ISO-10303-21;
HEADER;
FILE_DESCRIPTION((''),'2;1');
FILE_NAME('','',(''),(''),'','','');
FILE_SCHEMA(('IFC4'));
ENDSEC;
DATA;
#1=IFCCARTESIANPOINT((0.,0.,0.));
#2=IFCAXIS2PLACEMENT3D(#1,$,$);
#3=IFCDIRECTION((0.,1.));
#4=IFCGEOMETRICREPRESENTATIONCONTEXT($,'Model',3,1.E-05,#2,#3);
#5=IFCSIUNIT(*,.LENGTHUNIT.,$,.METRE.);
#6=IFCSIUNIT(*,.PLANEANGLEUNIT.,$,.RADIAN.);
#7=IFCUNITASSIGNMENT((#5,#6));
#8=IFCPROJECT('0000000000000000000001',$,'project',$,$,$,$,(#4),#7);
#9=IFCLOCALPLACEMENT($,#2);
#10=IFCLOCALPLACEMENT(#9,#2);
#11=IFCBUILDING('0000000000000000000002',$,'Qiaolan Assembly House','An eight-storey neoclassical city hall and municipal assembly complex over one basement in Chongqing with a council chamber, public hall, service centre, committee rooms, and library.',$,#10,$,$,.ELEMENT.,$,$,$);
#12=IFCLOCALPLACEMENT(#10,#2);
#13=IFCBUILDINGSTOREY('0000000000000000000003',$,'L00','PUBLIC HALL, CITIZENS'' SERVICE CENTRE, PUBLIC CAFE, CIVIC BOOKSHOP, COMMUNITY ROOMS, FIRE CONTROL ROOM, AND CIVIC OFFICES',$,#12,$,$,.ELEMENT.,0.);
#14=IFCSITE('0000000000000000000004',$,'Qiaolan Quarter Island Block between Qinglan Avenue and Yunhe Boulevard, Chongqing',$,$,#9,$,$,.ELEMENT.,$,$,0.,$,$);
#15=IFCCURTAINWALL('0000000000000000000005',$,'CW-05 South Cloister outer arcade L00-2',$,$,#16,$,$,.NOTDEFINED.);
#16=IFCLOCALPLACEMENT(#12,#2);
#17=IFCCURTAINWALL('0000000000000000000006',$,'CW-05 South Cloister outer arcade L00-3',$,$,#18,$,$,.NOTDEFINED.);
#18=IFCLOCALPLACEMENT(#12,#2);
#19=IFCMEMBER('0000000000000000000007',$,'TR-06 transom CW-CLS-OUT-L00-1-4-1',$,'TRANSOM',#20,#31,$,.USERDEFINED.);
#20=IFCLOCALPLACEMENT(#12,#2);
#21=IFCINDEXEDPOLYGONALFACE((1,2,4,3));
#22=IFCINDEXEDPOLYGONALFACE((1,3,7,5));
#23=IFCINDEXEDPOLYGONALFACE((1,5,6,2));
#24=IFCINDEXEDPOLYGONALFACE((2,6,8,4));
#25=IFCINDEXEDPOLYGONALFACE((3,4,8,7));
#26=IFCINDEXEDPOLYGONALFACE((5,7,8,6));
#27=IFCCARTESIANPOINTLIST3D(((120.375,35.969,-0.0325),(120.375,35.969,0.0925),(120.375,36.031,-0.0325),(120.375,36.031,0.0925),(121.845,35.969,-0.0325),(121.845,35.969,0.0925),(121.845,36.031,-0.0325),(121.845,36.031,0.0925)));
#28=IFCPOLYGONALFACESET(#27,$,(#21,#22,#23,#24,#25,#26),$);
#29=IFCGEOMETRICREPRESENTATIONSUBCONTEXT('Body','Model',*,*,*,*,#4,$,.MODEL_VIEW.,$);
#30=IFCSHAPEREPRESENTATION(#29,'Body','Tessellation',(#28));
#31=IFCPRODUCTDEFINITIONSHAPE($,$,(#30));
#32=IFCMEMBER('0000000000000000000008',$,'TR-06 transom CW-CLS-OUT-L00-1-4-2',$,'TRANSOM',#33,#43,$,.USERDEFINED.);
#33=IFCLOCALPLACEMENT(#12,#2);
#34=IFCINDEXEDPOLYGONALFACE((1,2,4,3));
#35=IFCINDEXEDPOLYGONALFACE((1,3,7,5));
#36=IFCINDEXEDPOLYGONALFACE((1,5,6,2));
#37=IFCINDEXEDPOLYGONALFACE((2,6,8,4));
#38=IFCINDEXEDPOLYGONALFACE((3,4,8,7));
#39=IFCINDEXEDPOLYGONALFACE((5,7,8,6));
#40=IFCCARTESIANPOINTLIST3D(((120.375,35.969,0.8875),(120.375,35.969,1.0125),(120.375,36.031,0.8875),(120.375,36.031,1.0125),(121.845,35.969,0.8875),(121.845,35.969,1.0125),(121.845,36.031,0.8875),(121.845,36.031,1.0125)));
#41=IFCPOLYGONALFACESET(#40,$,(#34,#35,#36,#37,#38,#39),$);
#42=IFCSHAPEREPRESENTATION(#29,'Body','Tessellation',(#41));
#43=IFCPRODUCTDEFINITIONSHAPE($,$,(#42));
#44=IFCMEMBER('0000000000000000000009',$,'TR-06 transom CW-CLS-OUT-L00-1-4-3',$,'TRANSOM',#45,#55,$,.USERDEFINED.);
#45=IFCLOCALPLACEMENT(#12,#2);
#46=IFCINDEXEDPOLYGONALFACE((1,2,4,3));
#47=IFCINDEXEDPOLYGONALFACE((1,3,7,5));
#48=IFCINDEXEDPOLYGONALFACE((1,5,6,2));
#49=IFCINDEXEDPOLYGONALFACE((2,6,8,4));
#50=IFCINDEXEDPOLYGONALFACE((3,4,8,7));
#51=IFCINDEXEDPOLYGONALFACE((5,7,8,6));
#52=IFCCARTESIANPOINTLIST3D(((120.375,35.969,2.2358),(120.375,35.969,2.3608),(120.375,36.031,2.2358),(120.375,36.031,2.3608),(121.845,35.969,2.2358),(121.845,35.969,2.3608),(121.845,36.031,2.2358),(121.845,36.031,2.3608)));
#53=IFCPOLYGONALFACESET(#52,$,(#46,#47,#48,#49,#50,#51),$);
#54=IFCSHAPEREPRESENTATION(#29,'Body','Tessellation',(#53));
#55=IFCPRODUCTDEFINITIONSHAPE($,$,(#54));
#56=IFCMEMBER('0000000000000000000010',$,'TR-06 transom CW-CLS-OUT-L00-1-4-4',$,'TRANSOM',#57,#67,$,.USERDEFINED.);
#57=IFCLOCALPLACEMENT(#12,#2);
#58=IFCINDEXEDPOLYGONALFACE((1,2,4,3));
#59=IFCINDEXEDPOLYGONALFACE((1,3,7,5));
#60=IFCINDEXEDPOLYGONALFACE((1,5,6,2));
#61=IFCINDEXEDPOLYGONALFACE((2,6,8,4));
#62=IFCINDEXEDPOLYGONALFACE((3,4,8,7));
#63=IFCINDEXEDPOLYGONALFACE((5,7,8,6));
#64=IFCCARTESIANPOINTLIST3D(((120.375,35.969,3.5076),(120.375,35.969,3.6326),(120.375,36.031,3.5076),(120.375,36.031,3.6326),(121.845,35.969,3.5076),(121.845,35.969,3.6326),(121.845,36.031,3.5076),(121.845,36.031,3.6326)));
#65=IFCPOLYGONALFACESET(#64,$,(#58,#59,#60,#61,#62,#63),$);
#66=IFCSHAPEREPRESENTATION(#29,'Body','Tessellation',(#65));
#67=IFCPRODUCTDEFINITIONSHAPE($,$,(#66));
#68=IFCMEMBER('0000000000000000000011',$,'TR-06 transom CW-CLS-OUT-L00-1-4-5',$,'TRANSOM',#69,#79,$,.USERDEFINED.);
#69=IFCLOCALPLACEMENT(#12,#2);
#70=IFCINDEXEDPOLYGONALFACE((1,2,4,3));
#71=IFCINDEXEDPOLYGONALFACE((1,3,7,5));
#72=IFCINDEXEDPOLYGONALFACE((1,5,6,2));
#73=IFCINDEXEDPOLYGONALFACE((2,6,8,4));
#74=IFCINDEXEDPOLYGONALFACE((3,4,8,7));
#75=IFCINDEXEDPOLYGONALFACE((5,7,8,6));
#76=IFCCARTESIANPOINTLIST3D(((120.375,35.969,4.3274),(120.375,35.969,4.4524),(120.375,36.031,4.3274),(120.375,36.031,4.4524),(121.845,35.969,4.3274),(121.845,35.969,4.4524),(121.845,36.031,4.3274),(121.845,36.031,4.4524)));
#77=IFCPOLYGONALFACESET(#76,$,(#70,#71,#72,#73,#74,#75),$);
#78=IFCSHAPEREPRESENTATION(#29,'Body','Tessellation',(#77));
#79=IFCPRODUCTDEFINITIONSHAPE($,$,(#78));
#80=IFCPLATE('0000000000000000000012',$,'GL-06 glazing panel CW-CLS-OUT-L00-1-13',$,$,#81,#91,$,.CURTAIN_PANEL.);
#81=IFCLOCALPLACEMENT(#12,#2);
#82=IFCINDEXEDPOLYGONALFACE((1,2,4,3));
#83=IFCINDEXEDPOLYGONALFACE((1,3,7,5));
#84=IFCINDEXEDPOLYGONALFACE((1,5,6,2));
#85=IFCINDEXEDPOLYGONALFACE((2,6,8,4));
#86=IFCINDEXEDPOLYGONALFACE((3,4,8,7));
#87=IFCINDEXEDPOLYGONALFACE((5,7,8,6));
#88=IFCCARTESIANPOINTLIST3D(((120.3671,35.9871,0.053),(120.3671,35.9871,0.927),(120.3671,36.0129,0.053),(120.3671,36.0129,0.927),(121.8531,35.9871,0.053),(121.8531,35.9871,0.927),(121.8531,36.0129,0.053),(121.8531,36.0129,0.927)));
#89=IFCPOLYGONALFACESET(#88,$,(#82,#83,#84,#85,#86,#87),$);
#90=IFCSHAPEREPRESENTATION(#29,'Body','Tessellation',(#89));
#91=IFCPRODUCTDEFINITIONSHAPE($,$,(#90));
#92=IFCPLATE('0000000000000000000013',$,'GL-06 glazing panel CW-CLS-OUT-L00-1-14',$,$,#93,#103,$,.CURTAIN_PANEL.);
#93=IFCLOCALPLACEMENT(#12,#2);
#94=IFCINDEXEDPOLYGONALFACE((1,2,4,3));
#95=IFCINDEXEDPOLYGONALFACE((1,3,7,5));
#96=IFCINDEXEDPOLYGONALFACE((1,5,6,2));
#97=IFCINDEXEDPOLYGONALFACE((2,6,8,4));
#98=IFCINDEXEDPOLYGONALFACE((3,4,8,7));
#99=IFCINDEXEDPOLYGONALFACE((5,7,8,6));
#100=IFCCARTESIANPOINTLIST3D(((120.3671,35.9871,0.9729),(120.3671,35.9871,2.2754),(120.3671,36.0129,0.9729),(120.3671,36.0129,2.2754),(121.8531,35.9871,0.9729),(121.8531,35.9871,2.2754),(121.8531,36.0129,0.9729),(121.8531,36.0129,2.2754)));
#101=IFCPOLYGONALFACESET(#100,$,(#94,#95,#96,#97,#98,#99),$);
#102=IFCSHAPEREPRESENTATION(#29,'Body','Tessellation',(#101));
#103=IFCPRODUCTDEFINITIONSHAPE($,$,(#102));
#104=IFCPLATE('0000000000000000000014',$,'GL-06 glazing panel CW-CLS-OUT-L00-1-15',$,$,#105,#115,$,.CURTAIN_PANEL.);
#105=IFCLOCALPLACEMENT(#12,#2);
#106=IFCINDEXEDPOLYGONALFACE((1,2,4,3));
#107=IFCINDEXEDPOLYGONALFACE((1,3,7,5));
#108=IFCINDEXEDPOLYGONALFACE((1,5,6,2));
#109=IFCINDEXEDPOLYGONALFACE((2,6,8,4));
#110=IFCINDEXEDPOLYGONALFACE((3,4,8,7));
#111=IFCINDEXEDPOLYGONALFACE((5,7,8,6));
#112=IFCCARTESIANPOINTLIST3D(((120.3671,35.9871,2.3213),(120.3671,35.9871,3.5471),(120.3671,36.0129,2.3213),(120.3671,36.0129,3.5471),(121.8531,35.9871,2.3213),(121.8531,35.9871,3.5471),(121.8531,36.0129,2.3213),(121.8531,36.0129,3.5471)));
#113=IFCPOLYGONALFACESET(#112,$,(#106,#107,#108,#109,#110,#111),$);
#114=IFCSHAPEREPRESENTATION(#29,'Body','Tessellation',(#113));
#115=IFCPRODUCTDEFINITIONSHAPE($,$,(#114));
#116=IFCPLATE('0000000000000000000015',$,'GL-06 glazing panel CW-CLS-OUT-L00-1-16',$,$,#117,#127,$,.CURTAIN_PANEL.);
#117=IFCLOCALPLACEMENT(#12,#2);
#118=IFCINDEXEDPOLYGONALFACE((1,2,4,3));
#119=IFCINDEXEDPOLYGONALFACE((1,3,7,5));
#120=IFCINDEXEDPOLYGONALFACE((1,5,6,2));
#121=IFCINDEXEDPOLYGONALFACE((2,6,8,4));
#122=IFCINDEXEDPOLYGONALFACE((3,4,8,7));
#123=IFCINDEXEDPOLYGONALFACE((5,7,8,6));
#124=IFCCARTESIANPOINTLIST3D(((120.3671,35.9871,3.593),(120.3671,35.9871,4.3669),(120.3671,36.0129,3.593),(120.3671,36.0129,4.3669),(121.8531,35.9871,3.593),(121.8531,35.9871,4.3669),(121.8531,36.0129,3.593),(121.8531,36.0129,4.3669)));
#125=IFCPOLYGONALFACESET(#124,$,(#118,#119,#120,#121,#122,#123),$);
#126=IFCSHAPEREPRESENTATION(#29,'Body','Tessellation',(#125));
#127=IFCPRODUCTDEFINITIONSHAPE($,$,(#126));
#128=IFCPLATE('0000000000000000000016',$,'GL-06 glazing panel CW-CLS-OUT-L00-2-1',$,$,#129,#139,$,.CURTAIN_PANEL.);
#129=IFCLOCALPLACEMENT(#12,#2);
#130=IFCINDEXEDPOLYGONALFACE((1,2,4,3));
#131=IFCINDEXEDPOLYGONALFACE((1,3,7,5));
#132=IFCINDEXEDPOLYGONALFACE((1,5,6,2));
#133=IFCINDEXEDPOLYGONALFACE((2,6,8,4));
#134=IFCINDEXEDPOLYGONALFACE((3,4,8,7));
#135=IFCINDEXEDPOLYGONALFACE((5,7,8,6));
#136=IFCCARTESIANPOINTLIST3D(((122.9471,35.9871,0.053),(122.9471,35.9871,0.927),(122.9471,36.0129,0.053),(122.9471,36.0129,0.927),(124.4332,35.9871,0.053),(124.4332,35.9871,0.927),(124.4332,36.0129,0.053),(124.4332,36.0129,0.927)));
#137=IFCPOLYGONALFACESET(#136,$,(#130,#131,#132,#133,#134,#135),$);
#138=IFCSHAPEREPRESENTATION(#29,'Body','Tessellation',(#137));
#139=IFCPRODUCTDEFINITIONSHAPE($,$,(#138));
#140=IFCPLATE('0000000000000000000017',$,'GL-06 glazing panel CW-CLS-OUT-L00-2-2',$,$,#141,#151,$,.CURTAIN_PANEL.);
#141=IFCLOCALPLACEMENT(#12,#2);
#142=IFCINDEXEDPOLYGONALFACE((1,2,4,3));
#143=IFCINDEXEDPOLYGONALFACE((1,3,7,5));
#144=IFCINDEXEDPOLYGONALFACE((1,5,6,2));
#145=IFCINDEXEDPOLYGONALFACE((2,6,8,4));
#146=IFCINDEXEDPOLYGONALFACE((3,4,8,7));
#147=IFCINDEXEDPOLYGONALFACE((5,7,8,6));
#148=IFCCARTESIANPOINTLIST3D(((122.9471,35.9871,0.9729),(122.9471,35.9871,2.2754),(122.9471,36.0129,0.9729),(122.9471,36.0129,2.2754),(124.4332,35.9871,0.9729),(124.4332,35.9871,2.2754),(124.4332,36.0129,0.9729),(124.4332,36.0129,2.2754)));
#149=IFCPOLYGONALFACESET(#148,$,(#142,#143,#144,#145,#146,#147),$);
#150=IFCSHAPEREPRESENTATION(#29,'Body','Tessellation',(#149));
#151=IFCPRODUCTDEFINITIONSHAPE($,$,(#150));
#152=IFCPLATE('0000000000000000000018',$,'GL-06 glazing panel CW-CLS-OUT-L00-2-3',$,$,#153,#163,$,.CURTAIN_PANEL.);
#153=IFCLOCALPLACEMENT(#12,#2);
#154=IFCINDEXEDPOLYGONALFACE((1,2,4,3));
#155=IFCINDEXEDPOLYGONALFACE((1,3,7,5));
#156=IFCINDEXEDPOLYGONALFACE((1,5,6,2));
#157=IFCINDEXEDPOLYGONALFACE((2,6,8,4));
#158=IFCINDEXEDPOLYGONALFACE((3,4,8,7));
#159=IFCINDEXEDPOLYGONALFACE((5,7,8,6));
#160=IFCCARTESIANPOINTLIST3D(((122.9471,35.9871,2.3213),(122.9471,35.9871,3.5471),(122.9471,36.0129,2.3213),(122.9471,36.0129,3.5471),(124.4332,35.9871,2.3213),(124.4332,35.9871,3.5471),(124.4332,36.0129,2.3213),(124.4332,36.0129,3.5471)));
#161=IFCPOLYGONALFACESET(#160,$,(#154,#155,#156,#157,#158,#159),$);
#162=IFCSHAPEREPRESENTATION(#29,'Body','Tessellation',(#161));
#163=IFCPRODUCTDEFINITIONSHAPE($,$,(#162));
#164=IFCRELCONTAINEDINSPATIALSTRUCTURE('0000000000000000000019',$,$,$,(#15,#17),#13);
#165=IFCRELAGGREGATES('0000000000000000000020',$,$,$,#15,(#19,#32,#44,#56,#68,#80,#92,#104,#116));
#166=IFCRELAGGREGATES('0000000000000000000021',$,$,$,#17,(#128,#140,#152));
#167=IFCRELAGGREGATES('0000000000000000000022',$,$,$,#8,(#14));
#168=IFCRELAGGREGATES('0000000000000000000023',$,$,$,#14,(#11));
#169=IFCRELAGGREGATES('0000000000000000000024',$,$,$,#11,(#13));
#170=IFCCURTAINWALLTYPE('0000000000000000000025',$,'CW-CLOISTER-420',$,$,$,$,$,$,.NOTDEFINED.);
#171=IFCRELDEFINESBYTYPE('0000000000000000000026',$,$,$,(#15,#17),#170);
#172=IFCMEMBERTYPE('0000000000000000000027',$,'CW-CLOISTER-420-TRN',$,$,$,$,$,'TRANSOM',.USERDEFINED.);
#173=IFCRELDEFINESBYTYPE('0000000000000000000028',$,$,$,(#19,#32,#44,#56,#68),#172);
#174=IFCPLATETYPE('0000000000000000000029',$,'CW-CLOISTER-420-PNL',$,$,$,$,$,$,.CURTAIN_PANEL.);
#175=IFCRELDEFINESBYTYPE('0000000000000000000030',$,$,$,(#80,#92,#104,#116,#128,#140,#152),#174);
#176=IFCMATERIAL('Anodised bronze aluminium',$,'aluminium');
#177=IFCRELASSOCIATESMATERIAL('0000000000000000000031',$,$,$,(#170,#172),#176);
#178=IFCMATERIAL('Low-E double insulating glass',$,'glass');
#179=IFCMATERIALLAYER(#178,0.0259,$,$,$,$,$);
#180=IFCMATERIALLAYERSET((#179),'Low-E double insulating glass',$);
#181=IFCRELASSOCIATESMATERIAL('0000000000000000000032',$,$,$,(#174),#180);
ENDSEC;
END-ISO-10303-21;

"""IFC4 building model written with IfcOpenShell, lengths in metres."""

from ifc_helpers import new_model, si_unit, direction, frame, frame_2d, origin, origin_2d, place, context, subcontext, project, spatial, rectangle, extrude, material, layer, layer_set, material_profile, profile_set, type_object, element, aggregate, save


model = new_model("IFC4")

# Units and contexts
model_context = context("Model", 3, precision=1e-05, world=origin(), true_north=direction((0.0, 1.0)))
body_context = subcontext(model_context, "Body", "Model", "MODEL_VIEW")
ifc_project = project(units=[si_unit("LENGTHUNIT", "METRE"), si_unit("PLANEANGLEUNIT", "RADIAN")], contexts=[model_context])

# Site, building, storey
site_placement = place(None, origin())
site = spatial("IfcSite", under=ifc_project, at=site_placement, Name="Qiaolan Quarter Island Block between Qinglan Avenue and Yunhe Boulevard, Chongqing", CompositionType="ELEMENT", RefElevation=0.0)
building_placement = place(site_placement, origin())
building = spatial("IfcBuilding", under=site, at=building_placement, Name="Qiaolan Assembly House", Description="An eight-storey neoclassical city hall and municipal assembly complex over one basement in Chongqing with a council chamber, public hall, service centre, committee rooms, and library.", CompositionType="ELEMENT")
storey_placement = place(building_placement, origin())
storey = spatial("IfcBuildingStorey", under=building, at=storey_placement, Name="L00", Description="PUBLIC HALL, CITIZENS' SERVICE CENTRE, PUBLIC CAFE, CIVIC BOOKSHOP, COMMUNITY ROOMS, FIRE CONTROL ROOM, AND CIVIC OFFICES", CompositionType="ELEMENT", Elevation=0.0)

# Curtain wall
ifc_material_1 = material(Name="Anodised bronze aluminium", Category="aluminium")
curtain_wall_type = type_object("IfcCurtainWallType", Name="CW-CLOISTER-420", PredefinedType="NOTDEFINED", material=ifc_material_1)
curtain_wall_1_placement = place(storey_placement, origin())
curtain_wall_1 = element("IfcCurtainWall", 1, at=curtain_wall_1_placement, inside=storey, type_object=curtain_wall_type, Name="CW-05 South Cloister outer arcade L00-2", PredefinedType="NOTDEFINED")

# Curtain wall
curtain_wall_2_placement = place(storey_placement, origin())
curtain_wall_2 = element("IfcCurtainWall", 2, at=curtain_wall_2_placement, inside=storey, type_object=curtain_wall_type, Name="CW-05 South Cloister outer arcade L00-3", PredefinedType="NOTDEFINED")

# Members
ifc_material_profile_1 = material_profile(ifc_material_1, rectangle(XDim=0.062, YDim=0.125, at=origin_2d()), Name="TRN 62x125")
ifc_profile_set_1 = profile_set([ifc_material_profile_1], Name="Anodised bronze aluminium")
member_type_1 = type_object("IfcMemberType", Name="CW-CLOISTER-420-TRN", ElementType="TRANSOM", PredefinedType="USERDEFINED", material=ifc_profile_set_1)
member_1_placement = place(storey_placement, frame((120.375, 36.0, 0.03), z_axis=(1.0, 0.0, 0.0), x_axis=(0.0, 1.0, 0.0)))
member_1 = element("IfcMember", 3, at=member_1_placement, type_object=member_type_1, Name="TR-06 transom CW-CLS-OUT-L00-1-4-1", ObjectType="TRANSOM", PredefinedType="USERDEFINED", context=body_context, shape_type="SweptSolid", body=[
    extrude(rectangle(XDim=0.062, YDim=0.125, at=origin_2d()), origin(), (0.0, 0.0, 1.0), 1.47),
])
member_2_placement = place(storey_placement, frame((120.375, 36.0, 0.95), z_axis=(1.0, 0.0, 0.0), x_axis=(0.0, 1.0, 0.0)))
member_2 = element("IfcMember", 4, at=member_2_placement, type_object=member_type_1, Name="TR-06 transom CW-CLS-OUT-L00-1-4-2", ObjectType="TRANSOM", PredefinedType="USERDEFINED", context=body_context, shape_type="SweptSolid", body=[
    extrude(rectangle(XDim=0.062, YDim=0.125, at=origin_2d()), origin(), (0.0, 0.0, 1.0), 1.47),
])
member_3_placement = place(storey_placement, frame((120.375, 36.0, 2.2983), z_axis=(1.0, 0.0, 0.0), x_axis=(0.0, 1.0, 0.0)))
member_3 = element("IfcMember", 5, at=member_3_placement, type_object=member_type_1, Name="TR-06 transom CW-CLS-OUT-L00-1-4-3", ObjectType="TRANSOM", PredefinedType="USERDEFINED", context=body_context, shape_type="SweptSolid", body=[
    extrude(rectangle(XDim=0.062, YDim=0.125, at=origin_2d()), origin(), (0.0, 0.0, 1.0), 1.47),
])
member_4_placement = place(storey_placement, frame((120.375, 36.0, 3.5701), z_axis=(1.0, 0.0, 0.0), x_axis=(0.0, 1.0, 0.0)))
member_4 = element("IfcMember", 6, at=member_4_placement, type_object=member_type_1, Name="TR-06 transom CW-CLS-OUT-L00-1-4-4", ObjectType="TRANSOM", PredefinedType="USERDEFINED", context=body_context, shape_type="SweptSolid", body=[
    extrude(rectangle(XDim=0.062, YDim=0.125, at=origin_2d()), origin(), (0.0, 0.0, 1.0), 1.47),
])
member_5_placement = place(storey_placement, frame((120.375, 36.0, 4.3899), z_axis=(1.0, 0.0, 0.0), x_axis=(0.0, 1.0, 0.0)))
member_5 = element("IfcMember", 7, at=member_5_placement, type_object=member_type_1, Name="TR-06 transom CW-CLS-OUT-L00-1-4-5", ObjectType="TRANSOM", PredefinedType="USERDEFINED", context=body_context, shape_type="SweptSolid", body=[
    extrude(rectangle(XDim=0.062, YDim=0.125, at=origin_2d()), origin(), (0.0, 0.0, 1.0), 1.47),
])

# Plates
ifc_material_2 = material(Name="Low-E double insulating glass", Category="glass")
ifc_layer = layer(ifc_material_2, 0.0259)
ifc_layer_set = layer_set([ifc_layer], Name="Low-E double insulating glass")
plate_type = type_object("IfcPlateType", Name="CW-CLOISTER-420-PNL", PredefinedType="CURTAIN_PANEL", material=ifc_layer_set)
plate_1_placement = place(storey_placement, frame((120.3669, 36.0, 0.053), z_axis=(0.0, 0.0, 1.0), x_axis=(1.0, 0.0, 0.0)))
plate_1 = element("IfcPlate", 8, at=plate_1_placement, type_object=plate_type, Name="GL-06 glazing panel CW-CLS-OUT-L00-1-13", PredefinedType="CURTAIN_PANEL", context=body_context, shape_type="SweptSolid", body=[
    extrude(rectangle(XDim=1.4861, YDim=0.0259, at=frame_2d((0.7432, 0.0))), origin(), (0.0, 0.0, 1.0), 0.874),
])
plate_2_placement = place(storey_placement, frame((120.3669, 36.0, 0.9729), z_axis=(0.0, 0.0, 1.0), x_axis=(1.0, 0.0, 0.0)))
plate_2 = element("IfcPlate", 9, at=plate_2_placement, type_object=plate_type, Name="GL-06 glazing panel CW-CLS-OUT-L00-1-14", PredefinedType="CURTAIN_PANEL", context=body_context, shape_type="SweptSolid", body=[
    extrude(rectangle(XDim=1.4861, YDim=0.0259, at=frame_2d((0.7432, 0.0))), origin(), (0.0, 0.0, 1.0), 1.3025),
])
plate_3_placement = place(storey_placement, frame((120.3669, 36.0, 2.3213), z_axis=(0.0, 0.0, 1.0), x_axis=(1.0, 0.0, 0.0)))
plate_3 = element("IfcPlate", 10, at=plate_3_placement, type_object=plate_type, Name="GL-06 glazing panel CW-CLS-OUT-L00-1-15", PredefinedType="CURTAIN_PANEL", context=body_context, shape_type="SweptSolid", body=[
    extrude(rectangle(XDim=1.4861, YDim=0.0259, at=frame_2d((0.7432, 0.0))), origin(), (0.0, 0.0, 1.0), 1.2258),
])
plate_4_placement = place(storey_placement, frame((120.3669, 36.0, 3.593), z_axis=(0.0, 0.0, 1.0), x_axis=(1.0, 0.0, 0.0)))
plate_4 = element("IfcPlate", 11, at=plate_4_placement, type_object=plate_type, Name="GL-06 glazing panel CW-CLS-OUT-L00-1-16", PredefinedType="CURTAIN_PANEL", context=body_context, shape_type="SweptSolid", body=[
    extrude(rectangle(XDim=1.4861, YDim=0.0259, at=frame_2d((0.7432, 0.0))), origin(), (0.0, 0.0, 1.0), 0.7739),
])
aggregate(curtain_wall_1, [member_1, member_2, member_3, member_4, member_5, plate_1, plate_2, plate_3, plate_4])
plate_5_placement = place(storey_placement, frame((122.947, 36.0, 0.053), z_axis=(0.0, 0.0, 1.0), x_axis=(1.0, 0.0, 0.0)))
plate_5 = element("IfcPlate", 12, at=plate_5_placement, type_object=plate_type, Name="GL-06 glazing panel CW-CLS-OUT-L00-2-1", PredefinedType="CURTAIN_PANEL", context=body_context, shape_type="SweptSolid", body=[
    extrude(rectangle(XDim=1.4861, YDim=0.0259, at=frame_2d((0.7432, 0.0))), origin(), (0.0, 0.0, 1.0), 0.874),
])
plate_6_placement = place(storey_placement, frame((122.947, 36.0, 0.9729), z_axis=(0.0, 0.0, 1.0), x_axis=(1.0, 0.0, 0.0)))
plate_6 = element("IfcPlate", 13, at=plate_6_placement, type_object=plate_type, Name="GL-06 glazing panel CW-CLS-OUT-L00-2-2", PredefinedType="CURTAIN_PANEL", context=body_context, shape_type="SweptSolid", body=[
    extrude(rectangle(XDim=1.4861, YDim=0.0259, at=frame_2d((0.7432, 0.0))), origin(), (0.0, 0.0, 1.0), 1.3025),
])
plate_7_placement = place(storey_placement, frame((122.947, 36.0, 2.3213), z_axis=(0.0, 0.0, 1.0), x_axis=(1.0, 0.0, 0.0)))
plate_7 = element("IfcPlate", 14, at=plate_7_placement, type_object=plate_type, Name="GL-06 glazing panel CW-CLS-OUT-L00-2-3", PredefinedType="CURTAIN_PANEL", context=body_context, shape_type="SweptSolid", body=[
    extrude(rectangle(XDim=1.4861, YDim=0.0259, at=frame_2d((0.7432, 0.0))), origin(), (0.0, 0.0, 1.0), 1.2258),
])
aggregate(curtain_wall_2, [plate_5, plate_6, plate_7])

save(model, "model.ifc")
